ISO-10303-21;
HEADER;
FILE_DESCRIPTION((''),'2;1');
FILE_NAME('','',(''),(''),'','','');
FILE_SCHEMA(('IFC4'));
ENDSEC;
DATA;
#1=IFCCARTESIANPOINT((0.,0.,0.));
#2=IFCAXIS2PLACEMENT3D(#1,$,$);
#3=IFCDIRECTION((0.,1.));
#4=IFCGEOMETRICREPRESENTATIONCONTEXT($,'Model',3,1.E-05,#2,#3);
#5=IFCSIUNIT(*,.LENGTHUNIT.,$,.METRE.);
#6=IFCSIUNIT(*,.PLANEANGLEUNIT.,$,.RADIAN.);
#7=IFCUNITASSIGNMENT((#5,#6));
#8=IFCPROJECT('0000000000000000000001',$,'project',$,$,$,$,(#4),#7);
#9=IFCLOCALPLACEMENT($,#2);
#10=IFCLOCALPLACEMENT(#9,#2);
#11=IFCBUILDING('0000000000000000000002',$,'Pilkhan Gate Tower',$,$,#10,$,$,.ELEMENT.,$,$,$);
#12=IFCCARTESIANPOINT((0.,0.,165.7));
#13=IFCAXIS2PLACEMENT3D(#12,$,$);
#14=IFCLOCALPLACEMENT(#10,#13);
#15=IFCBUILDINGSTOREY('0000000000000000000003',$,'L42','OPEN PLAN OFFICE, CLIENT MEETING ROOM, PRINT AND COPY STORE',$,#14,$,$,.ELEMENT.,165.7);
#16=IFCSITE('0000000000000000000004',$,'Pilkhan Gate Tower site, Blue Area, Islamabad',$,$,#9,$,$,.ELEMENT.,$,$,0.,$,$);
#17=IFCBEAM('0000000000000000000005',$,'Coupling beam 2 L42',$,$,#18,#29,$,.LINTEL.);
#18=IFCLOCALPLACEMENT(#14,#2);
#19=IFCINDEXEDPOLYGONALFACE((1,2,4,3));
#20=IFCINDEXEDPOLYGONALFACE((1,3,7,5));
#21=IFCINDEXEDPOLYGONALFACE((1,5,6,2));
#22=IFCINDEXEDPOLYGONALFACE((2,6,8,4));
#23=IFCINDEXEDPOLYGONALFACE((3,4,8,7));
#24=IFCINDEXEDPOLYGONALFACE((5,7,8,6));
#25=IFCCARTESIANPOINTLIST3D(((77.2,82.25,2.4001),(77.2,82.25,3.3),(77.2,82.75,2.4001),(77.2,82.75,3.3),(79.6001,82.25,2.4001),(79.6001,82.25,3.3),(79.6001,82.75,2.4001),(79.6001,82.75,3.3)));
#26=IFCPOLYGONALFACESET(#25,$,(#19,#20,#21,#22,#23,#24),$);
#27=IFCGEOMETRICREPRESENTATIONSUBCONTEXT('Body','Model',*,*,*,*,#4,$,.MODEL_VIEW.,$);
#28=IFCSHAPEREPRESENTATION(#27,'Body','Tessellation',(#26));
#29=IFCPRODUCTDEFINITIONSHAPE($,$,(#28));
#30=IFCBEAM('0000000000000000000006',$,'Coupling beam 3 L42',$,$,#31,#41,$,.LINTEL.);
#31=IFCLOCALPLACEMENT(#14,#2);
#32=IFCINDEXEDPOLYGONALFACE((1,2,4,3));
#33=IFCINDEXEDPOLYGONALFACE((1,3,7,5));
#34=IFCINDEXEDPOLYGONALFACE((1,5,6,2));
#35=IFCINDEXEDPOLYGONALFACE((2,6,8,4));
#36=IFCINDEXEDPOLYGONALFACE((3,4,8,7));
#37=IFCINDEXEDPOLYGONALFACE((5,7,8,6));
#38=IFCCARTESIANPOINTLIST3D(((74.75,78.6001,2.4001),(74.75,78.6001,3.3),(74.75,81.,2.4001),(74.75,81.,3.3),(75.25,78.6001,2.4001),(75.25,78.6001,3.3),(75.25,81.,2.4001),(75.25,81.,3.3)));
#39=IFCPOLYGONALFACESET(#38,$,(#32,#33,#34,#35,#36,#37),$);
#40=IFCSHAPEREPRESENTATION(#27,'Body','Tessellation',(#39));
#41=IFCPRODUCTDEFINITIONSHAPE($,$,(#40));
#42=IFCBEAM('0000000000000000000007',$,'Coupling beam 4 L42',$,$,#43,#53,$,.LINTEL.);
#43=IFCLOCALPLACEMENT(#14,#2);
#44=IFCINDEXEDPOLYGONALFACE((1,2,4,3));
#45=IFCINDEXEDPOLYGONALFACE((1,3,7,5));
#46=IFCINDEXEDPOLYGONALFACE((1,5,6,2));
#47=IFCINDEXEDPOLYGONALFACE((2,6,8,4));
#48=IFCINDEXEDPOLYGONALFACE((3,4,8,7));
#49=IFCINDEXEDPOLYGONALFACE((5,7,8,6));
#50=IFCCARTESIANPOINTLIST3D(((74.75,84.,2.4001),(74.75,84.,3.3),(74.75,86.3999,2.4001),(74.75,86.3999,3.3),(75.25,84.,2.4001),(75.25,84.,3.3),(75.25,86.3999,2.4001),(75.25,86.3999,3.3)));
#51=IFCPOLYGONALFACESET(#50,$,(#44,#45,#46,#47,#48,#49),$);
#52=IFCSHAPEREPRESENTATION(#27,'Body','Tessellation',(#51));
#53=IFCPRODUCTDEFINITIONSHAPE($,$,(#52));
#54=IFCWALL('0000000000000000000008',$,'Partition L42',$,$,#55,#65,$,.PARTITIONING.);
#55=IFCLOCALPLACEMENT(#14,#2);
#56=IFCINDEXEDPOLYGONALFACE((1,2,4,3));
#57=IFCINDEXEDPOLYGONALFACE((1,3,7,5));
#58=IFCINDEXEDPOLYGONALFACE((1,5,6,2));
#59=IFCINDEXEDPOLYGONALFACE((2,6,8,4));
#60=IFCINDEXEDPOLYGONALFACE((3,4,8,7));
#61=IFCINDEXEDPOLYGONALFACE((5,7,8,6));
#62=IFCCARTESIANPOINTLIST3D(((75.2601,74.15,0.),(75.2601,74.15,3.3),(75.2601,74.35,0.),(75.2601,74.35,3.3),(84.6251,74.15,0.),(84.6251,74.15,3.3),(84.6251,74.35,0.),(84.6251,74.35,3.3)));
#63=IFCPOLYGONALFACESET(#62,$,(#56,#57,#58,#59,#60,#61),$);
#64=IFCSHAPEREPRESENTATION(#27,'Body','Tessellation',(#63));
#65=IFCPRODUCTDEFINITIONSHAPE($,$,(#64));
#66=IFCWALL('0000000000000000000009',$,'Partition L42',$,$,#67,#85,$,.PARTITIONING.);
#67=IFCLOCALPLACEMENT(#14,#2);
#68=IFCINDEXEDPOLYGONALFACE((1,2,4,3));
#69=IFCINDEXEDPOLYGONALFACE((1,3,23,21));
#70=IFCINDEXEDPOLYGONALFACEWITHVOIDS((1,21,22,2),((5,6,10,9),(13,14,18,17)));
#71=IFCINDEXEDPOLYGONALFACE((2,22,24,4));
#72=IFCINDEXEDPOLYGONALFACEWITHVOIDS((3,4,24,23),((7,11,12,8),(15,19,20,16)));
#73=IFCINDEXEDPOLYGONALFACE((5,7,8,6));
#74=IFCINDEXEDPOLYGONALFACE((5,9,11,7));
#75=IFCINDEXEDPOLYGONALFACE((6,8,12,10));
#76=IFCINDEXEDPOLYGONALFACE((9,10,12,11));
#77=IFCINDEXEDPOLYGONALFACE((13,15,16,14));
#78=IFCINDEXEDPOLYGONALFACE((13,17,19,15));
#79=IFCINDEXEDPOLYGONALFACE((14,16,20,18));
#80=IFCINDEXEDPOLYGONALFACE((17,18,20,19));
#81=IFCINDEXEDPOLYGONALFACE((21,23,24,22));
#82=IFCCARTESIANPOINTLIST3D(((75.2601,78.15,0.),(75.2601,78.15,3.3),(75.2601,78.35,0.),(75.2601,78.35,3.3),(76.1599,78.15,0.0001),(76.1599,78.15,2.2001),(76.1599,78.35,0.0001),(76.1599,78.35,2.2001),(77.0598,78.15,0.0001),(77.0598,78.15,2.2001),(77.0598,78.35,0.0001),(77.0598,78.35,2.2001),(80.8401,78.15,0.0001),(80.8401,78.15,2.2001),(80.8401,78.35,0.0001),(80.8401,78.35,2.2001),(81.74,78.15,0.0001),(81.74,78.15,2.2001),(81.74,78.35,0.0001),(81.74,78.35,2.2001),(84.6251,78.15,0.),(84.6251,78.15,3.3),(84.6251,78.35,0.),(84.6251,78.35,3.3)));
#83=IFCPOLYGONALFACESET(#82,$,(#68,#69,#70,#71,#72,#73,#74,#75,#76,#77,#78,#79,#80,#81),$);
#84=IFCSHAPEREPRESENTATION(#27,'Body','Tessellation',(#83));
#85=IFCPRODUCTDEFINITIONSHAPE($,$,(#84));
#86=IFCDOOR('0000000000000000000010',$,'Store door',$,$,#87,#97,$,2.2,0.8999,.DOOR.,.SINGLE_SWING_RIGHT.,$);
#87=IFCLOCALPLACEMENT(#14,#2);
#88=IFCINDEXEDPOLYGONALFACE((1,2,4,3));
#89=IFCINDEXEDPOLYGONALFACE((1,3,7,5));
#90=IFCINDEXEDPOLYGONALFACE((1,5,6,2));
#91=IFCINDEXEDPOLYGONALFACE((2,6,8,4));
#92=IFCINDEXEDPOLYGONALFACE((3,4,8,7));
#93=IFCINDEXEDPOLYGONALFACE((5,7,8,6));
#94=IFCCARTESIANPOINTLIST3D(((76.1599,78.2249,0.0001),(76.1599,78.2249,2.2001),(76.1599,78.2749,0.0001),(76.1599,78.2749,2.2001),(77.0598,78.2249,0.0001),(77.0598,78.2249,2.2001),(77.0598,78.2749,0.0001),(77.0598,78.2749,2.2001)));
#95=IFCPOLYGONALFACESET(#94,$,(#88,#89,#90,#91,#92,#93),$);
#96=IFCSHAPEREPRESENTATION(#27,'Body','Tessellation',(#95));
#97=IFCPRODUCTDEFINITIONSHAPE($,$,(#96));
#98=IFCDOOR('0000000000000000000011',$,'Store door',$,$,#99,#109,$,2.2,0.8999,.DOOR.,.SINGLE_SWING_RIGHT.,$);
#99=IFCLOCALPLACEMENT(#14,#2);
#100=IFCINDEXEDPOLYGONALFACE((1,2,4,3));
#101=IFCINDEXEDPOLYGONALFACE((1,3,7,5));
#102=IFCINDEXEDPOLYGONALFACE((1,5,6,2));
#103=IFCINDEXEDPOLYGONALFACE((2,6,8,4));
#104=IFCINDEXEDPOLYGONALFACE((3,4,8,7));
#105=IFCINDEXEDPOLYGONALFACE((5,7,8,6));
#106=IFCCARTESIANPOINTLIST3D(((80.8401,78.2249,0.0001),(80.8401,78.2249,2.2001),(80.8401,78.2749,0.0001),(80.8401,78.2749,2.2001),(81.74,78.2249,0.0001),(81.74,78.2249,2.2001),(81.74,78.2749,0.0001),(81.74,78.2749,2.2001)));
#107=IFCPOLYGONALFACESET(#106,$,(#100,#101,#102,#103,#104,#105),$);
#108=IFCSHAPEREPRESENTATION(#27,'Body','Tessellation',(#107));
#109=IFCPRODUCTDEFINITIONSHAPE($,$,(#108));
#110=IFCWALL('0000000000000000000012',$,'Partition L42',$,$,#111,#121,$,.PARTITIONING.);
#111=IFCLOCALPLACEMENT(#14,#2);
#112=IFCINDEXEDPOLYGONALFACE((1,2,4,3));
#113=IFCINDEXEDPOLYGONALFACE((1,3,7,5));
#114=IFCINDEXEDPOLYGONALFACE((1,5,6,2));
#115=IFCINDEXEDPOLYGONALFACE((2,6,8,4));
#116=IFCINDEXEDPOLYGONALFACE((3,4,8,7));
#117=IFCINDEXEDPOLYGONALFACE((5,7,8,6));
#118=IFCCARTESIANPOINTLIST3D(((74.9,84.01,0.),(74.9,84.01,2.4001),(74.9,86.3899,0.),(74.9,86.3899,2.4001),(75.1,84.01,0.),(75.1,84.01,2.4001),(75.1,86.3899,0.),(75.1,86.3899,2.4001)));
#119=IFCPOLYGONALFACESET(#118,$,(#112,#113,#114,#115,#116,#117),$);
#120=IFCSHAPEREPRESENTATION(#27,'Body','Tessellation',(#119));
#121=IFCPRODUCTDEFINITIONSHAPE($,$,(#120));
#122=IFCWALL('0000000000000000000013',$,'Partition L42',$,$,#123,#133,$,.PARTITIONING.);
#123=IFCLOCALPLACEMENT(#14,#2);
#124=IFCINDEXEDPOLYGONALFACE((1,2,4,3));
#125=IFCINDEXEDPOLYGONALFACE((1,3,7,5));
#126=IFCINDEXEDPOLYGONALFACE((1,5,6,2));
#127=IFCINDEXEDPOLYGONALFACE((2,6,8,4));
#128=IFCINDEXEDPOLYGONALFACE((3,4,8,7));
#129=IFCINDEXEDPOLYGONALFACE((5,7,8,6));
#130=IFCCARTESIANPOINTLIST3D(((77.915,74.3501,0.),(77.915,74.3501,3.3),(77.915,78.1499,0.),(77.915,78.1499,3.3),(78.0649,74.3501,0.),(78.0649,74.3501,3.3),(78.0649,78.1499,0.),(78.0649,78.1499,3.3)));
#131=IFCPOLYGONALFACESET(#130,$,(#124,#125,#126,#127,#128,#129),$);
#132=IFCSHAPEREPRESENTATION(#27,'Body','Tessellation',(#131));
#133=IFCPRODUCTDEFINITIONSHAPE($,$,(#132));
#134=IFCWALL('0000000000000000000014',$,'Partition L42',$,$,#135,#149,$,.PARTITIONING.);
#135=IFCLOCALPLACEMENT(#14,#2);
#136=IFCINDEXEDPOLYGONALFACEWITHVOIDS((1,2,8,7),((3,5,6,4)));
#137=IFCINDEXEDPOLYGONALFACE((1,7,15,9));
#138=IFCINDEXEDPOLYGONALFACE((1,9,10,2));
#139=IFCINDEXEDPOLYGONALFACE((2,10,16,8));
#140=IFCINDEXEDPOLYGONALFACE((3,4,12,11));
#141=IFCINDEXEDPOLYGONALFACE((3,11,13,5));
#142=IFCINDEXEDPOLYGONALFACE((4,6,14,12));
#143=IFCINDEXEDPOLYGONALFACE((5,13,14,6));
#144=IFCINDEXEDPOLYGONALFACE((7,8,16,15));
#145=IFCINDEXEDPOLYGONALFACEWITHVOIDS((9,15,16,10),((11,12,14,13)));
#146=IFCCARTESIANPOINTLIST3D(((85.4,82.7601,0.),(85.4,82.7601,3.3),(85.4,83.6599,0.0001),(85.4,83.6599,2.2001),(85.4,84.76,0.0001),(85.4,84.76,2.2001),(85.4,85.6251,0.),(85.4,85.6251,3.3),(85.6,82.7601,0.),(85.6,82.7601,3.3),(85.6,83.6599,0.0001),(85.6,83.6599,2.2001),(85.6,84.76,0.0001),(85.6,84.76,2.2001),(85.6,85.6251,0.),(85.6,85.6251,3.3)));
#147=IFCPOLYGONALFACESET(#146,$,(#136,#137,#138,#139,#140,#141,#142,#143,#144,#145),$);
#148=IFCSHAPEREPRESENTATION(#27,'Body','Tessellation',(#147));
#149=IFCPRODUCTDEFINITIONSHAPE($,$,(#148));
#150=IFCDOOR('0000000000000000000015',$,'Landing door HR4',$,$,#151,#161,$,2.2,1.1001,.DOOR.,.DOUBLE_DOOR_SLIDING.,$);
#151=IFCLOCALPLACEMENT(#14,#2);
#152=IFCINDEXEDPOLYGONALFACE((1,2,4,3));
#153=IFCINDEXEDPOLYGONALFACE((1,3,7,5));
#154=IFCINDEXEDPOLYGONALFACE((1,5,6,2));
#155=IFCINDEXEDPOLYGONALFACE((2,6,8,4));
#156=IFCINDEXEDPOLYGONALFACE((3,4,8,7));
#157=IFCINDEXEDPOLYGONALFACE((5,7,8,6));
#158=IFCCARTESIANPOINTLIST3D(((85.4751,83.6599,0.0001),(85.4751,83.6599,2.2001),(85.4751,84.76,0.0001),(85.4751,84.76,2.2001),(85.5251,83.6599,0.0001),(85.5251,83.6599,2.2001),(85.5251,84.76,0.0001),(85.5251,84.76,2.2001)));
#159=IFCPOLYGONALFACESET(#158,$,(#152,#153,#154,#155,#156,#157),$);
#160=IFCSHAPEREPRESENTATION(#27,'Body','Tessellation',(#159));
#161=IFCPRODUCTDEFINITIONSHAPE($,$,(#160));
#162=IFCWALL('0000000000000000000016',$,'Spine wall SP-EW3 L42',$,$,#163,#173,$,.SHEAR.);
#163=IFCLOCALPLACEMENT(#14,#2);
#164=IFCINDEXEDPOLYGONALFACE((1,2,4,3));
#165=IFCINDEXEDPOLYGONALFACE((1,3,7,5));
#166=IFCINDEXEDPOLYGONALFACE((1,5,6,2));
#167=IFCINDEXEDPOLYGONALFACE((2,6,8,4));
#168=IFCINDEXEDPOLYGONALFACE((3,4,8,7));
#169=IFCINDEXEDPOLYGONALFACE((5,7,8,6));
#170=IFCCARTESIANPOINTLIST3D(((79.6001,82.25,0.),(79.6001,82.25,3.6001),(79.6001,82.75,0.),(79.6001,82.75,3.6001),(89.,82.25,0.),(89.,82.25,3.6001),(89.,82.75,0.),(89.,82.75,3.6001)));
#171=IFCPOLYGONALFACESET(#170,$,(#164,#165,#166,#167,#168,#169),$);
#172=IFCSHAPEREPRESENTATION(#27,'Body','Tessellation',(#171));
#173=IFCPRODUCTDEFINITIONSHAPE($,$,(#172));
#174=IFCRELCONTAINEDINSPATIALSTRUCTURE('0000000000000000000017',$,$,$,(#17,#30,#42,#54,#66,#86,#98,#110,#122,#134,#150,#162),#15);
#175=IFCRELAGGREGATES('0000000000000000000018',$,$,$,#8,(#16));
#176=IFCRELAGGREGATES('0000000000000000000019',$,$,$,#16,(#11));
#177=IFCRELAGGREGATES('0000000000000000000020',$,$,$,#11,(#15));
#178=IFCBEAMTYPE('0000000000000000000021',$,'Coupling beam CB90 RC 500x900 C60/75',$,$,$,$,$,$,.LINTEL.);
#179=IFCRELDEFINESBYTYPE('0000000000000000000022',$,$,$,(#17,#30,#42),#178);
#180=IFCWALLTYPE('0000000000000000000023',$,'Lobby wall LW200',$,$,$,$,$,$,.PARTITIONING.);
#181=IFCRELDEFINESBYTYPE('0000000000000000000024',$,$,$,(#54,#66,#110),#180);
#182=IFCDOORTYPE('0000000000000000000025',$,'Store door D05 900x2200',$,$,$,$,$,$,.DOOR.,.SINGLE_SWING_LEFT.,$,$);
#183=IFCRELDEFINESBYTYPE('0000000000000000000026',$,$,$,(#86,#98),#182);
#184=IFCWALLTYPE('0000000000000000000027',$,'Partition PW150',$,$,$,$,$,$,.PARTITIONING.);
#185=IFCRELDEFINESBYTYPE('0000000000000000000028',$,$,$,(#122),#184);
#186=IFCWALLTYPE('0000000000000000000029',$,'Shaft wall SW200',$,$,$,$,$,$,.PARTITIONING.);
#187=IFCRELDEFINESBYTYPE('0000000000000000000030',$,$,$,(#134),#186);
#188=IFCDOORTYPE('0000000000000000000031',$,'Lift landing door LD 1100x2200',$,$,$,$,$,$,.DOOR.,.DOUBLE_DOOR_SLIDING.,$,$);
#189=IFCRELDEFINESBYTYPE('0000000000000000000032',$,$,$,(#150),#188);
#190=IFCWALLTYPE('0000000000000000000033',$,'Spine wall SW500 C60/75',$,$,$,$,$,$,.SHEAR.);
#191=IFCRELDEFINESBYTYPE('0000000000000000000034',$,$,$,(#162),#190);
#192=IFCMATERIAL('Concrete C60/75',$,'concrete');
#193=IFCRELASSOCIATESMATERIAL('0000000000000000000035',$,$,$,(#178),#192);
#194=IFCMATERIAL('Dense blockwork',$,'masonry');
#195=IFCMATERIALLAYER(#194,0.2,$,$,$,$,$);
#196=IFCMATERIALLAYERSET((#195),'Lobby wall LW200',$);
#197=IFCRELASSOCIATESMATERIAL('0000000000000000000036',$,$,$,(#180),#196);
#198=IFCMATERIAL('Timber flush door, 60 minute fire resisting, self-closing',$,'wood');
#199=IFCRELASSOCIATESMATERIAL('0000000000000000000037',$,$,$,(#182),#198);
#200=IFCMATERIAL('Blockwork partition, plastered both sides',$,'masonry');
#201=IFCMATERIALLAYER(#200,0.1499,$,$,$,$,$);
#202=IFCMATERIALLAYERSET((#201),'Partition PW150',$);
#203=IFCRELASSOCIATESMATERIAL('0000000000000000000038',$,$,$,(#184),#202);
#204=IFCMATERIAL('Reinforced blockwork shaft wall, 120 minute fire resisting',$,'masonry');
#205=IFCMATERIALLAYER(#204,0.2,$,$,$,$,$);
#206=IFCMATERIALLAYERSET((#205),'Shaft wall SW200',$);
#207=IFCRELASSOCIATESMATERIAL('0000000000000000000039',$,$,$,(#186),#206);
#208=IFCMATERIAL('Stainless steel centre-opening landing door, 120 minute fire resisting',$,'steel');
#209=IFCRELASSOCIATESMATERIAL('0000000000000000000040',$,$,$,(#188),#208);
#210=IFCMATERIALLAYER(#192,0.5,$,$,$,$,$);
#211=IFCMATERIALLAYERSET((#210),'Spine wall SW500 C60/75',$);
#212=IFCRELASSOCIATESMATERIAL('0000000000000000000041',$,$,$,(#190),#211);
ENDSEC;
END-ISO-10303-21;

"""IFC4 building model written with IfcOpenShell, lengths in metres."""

from ifc_helpers import new_model, si_unit, direction, frame, frame_2d, origin, origin_2d, place, context, subcontext, project, spatial, rectangle, extrude, material, layer, layer_set, material_profile, profile_set, type_object, element, fill, save


model = new_model("IFC4")

# Units and contexts
model_context = context("Model", 3, precision=1e-05, world=origin(), true_north=direction((0.0, 1.0)))
body_context = subcontext(model_context, "Body", "Model", "MODEL_VIEW")
ifc_project = project(units=[si_unit("LENGTHUNIT", "METRE"), si_unit("PLANEANGLEUNIT", "RADIAN")], contexts=[model_context])

# Site, building, storey
site_placement = place(None, origin())
site = spatial("IfcSite", under=ifc_project, at=site_placement, Name="Pilkhan Gate Tower site, Blue Area, Islamabad", CompositionType="ELEMENT", RefElevation=0.0)
building_placement = place(site_placement, origin())
building = spatial("IfcBuilding", under=site, at=building_placement, Name="Pilkhan Gate Tower", CompositionType="ELEMENT")
storey_placement = place(building_placement, frame((0.0, 0.0, 165.7)))
storey = spatial("IfcBuildingStorey", under=building, at=storey_placement, Name="L42", Description="OPEN PLAN OFFICE, CLIENT MEETING ROOM, PRINT AND COPY STORE", CompositionType="ELEMENT", Elevation=165.7)

# Beams
ifc_material_1 = material(Name="Concrete C60/75", Category="concrete")
ifc_material_profile = material_profile(ifc_material_1, rectangle(XDim=0.5, YDim=0.8999, at=origin_2d()), Name="RC 500x900")
ifc_profile_set = profile_set([ifc_material_profile], Name="Concrete C60/75")
beam_type = type_object("IfcBeamType", Name="Coupling beam CB90 RC 500x900 C60/75", PredefinedType="LINTEL", material=ifc_profile_set)
beam_placement = place(storey_placement, frame((77.2, 82.5, 2.8501), z_axis=(1.0, 0.0, 0.0), x_axis=(0.0, 1.0, 0.0)))
element("IfcBeam", 1, at=beam_placement, inside=storey, type_object=beam_type, Name="Coupling beam 2 L42", PredefinedType="LINTEL", context=body_context, shape_type="SweptSolid", body=[
    extrude(rectangle(XDim=0.5, YDim=0.8999, at=origin_2d()), origin(), (0.0, 0.0, 1.0), 2.4001),
])
for number, where, z_axis, x_axis, name in (
    (2, (75.0, 78.6001, 2.8501), (0.0, 1.0, 0.0), (-1.0, 0.0, 0.0), "Coupling beam 3 L42"),
    (3, (75.0, 84.0, 2.8501), (0.0, 1.0, 0.0), (-1.0, 0.0, 0.0), "Coupling beam 4 L42"),
):
    element("IfcBeam", number, at=place(storey_placement, frame(where, z_axis=z_axis, x_axis=x_axis)), inside=storey, type_object=beam_type, Name=name, PredefinedType="LINTEL", context=body_context, shape_type="SweptSolid", body=[
        extrude(rectangle(XDim=0.5, YDim=0.8999, at=origin_2d()), origin(), (0.0, 0.0, 1.0), 2.3999),
    ])

# Wall
ifc_material_2 = material(Name="Dense blockwork", Category="masonry")
ifc_layer_1 = layer(ifc_material_2, 0.2)
ifc_layer_set_1 = layer_set([ifc_layer_1], Name="Lobby wall LW200")
wall_type_1 = type_object("IfcWallType", Name="Lobby wall LW200", PredefinedType="PARTITIONING", material=ifc_layer_set_1)
wall_1_placement = place(storey_placement, frame((75.26, 74.25, 0.0), z_axis=(0.0, 0.0, 1.0), x_axis=(1.0, 0.0, 0.0)))
element("IfcWall", 4, at=wall_1_placement, inside=storey, type_object=wall_type_1, Name="Partition L42", PredefinedType="PARTITIONING", context=body_context, shape_type="SweptSolid", body=[
    extrude(rectangle(XDim=9.365, YDim=0.2, at=frame_2d((4.6826, 0.0))), origin(), (0.0, 0.0, 1.0), 3.3),
])

# Wall, openings, doors
wall_2_placement = place(storey_placement, frame((75.26, 78.25, 0.0), z_axis=(0.0, 0.0, 1.0), x_axis=(1.0, 0.0, 0.0)))
wall_2 = element("IfcWall", 5, at=wall_2_placement, inside=storey, type_object=wall_type_1, Name="Partition L42", PredefinedType="PARTITIONING", context=body_context, shape_type="SweptSolid", body=[
    extrude(rectangle(XDim=9.365, YDim=0.2, at=frame_2d((4.6826, 0.0))), origin(), (0.0, 0.0, 1.0), 3.3),
])
opening_1_placement = place(wall_2_placement, frame((0.8999, 0.0, 0.0)))
opening_1 = element("IfcOpeningElement", 6, at=opening_1_placement, cuts=wall_2, PredefinedType="OPENING", context=body_context, shape_type="SweptSolid", body=[
    extrude(rectangle(XDim=0.8999, YDim=2.2, at=frame_2d((0.45, 1.1001))), frame((0.0, 0.1099, 0.0), z_axis=(0.0, -1.0, 0.0), x_axis=(1.0, 0.0, 0.0)), (0.0, 0.0, 1.0), 0.22),
])
opening_2_placement = place(wall_2_placement, frame((5.5801, 0.0, 0.0)))
opening_2 = element("IfcOpeningElement", 7, at=opening_2_placement, cuts=wall_2, PredefinedType="OPENING", context=body_context, shape_type="SweptSolid", body=[
    extrude(rectangle(XDim=0.8999, YDim=2.2, at=frame_2d((0.45, 1.1001))), frame((0.0, 0.1099, 0.0), z_axis=(0.0, -1.0, 0.0), x_axis=(1.0, 0.0, 0.0)), (0.0, 0.0, 1.0), 0.22),
])
ifc_material_3 = material(Name="Timber flush door, 60 minute fire resisting, self-closing", Category="wood")
door_type_1 = type_object("IfcDoorType", Name="Store door D05 900x2200", OperationType="SINGLE_SWING_LEFT", PredefinedType="DOOR", material=ifc_material_3)
door_1_placement = place(opening_1_placement, origin())
door_1 = element("IfcDoor", 8, at=door_1_placement, inside=storey, type_object=door_type_1, Name="Store door", OperationType="SINGLE_SWING_RIGHT", OverallHeight=2.2, OverallWidth=0.8999, PredefinedType="DOOR", context=body_context, shape_type="SweptSolid", body=[
    extrude(rectangle(XDim=0.8999, YDim=2.2, at=frame_2d((0.45, 1.1001))), frame((0.0, 0.0249, 0.0), z_axis=(0.0, -1.0, 0.0), x_axis=(1.0, 0.0, 0.0)), (0.0, 0.0, 1.0), 0.05),
])
fill(opening_1, door_1)
door_2_placement = place(opening_2_placement, origin())
door_2 = element("IfcDoor", 9, at=door_2_placement, inside=storey, type_object=door_type_1, Name="Store door", OperationType="SINGLE_SWING_RIGHT", OverallHeight=2.2, OverallWidth=0.8999, PredefinedType="DOOR", context=body_context, shape_type="SweptSolid", body=[
    extrude(rectangle(XDim=0.8999, YDim=2.2, at=frame_2d((0.45, 1.1001))), frame((0.0, 0.0249, 0.0), z_axis=(0.0, -1.0, 0.0), x_axis=(1.0, 0.0, 0.0)), (0.0, 0.0, 1.0), 0.05),
])
fill(opening_2, door_2)

# Walls
wall_3_placement = place(storey_placement, frame((75.0, 84.01, 0.0), z_axis=(0.0, 0.0, 1.0), x_axis=(0.0, 1.0, 0.0)))
element("IfcWall", 10, at=wall_3_placement, inside=storey, type_object=wall_type_1, Name="Partition L42", PredefinedType="PARTITIONING", context=body_context, shape_type="SweptSolid", body=[
    extrude(rectangle(XDim=2.3799, YDim=0.2, at=frame_2d((1.1899, 0.0))), origin(), (0.0, 0.0, 1.0), 2.4001),
])
ifc_material_4 = material(Name="Blockwork partition, plastered both sides", Category="masonry")
ifc_layer_2 = layer(ifc_material_4, 0.1499)
ifc_layer_set_2 = layer_set([ifc_layer_2], Name="Partition PW150")
wall_type_2 = type_object("IfcWallType", Name="Partition PW150", PredefinedType="PARTITIONING", material=ifc_layer_set_2)
wall_4_placement = place(storey_placement, frame((77.99, 74.3501, 0.0), z_axis=(0.0, 0.0, 1.0), x_axis=(0.0, 1.0, 0.0)))
element("IfcWall", 11, at=wall_4_placement, inside=storey, type_object=wall_type_2, Name="Partition L42", PredefinedType="PARTITIONING", context=body_context, shape_type="SweptSolid", body=[
    extrude(rectangle(XDim=3.7998, YDim=0.1499, at=frame_2d((1.8999, 0.0))), origin(), (0.0, 0.0, 1.0), 3.3),
])

# Wall, opening, door
ifc_material_5 = material(Name="Reinforced blockwork shaft wall, 120 minute fire resisting", Category="masonry")
ifc_layer_3 = layer(ifc_material_5, 0.2)
ifc_layer_set_3 = layer_set([ifc_layer_3], Name="Shaft wall SW200")
wall_type_3 = type_object("IfcWallType", Name="Shaft wall SW200", PredefinedType="PARTITIONING", material=ifc_layer_set_3)
wall_5_placement = place(storey_placement, frame((85.5, 82.76, 0.0), z_axis=(0.0, 0.0, 1.0), x_axis=(0.0, 1.0, 0.0)))
wall_5 = element("IfcWall", 12, at=wall_5_placement, inside=storey, type_object=wall_type_3, Name="Partition L42", PredefinedType="PARTITIONING", context=body_context, shape_type="SweptSolid", body=[
    extrude(rectangle(XDim=2.865, YDim=0.2, at=frame_2d((1.4326, 0.0))), origin(), (0.0, 0.0, 1.0), 3.3),
])
opening_3_placement = place(wall_5_placement, frame((0.8999, 0.0, 0.0)))
opening_3 = element("IfcOpeningElement", 13, at=opening_3_placement, cuts=wall_5, PredefinedType="OPENING", context=body_context, shape_type="SweptSolid", body=[
    extrude(rectangle(XDim=1.1001, YDim=2.2, at=frame_2d((0.55, 1.1001))), frame((0.0, 0.1099, 0.0), z_axis=(0.0, -1.0, 0.0), x_axis=(1.0, 0.0, 0.0)), (0.0, 0.0, 1.0), 0.22),
])
ifc_material_6 = material(Name="Stainless steel centre-opening landing door, 120 minute fire resisting", Category="steel")
door_type_2 = type_object("IfcDoorType", Name="Lift landing door LD 1100x2200", OperationType="DOUBLE_DOOR_SLIDING", PredefinedType="DOOR", material=ifc_material_6)
door_3_placement = place(opening_3_placement, origin())
door_3 = element("IfcDoor", 14, at=door_3_placement, inside=storey, type_object=door_type_2, Name="Landing door HR4", OperationType="DOUBLE_DOOR_SLIDING", OverallHeight=2.2, OverallWidth=1.1001, PredefinedType="DOOR", context=body_context, shape_type="SweptSolid", body=[
    extrude(rectangle(XDim=1.1001, YDim=2.2, at=frame_2d((0.55, 1.1001))), frame((0.0, 0.0249, 0.0), z_axis=(0.0, -1.0, 0.0), x_axis=(1.0, 0.0, 0.0)), (0.0, 0.0, 1.0), 0.05),
])
fill(opening_3, door_3)

# Wall
ifc_layer_4 = layer(ifc_material_1, 0.5)
ifc_layer_set_4 = layer_set([ifc_layer_4], Name="Spine wall SW500 C60/75")
wall_type_4 = type_object("IfcWallType", Name="Spine wall SW500 C60/75", PredefinedType="SHEAR", material=ifc_layer_set_4)
wall_6_placement = place(storey_placement, frame((79.6001, 82.5, 0.0), z_axis=(0.0, 0.0, 1.0), x_axis=(1.0, 0.0, 0.0)))
element("IfcWall", 15, at=wall_6_placement, inside=storey, type_object=wall_type_4, Name="Spine wall SP-EW3 L42", PredefinedType="SHEAR", context=body_context, shape_type="SweptSolid", body=[
    extrude(rectangle(XDim=9.3999, YDim=0.5, at=frame_2d((4.7, 0.0))), origin(), (0.0, 0.0, 1.0), 3.6001),
])

save(model, "model.ifc")
